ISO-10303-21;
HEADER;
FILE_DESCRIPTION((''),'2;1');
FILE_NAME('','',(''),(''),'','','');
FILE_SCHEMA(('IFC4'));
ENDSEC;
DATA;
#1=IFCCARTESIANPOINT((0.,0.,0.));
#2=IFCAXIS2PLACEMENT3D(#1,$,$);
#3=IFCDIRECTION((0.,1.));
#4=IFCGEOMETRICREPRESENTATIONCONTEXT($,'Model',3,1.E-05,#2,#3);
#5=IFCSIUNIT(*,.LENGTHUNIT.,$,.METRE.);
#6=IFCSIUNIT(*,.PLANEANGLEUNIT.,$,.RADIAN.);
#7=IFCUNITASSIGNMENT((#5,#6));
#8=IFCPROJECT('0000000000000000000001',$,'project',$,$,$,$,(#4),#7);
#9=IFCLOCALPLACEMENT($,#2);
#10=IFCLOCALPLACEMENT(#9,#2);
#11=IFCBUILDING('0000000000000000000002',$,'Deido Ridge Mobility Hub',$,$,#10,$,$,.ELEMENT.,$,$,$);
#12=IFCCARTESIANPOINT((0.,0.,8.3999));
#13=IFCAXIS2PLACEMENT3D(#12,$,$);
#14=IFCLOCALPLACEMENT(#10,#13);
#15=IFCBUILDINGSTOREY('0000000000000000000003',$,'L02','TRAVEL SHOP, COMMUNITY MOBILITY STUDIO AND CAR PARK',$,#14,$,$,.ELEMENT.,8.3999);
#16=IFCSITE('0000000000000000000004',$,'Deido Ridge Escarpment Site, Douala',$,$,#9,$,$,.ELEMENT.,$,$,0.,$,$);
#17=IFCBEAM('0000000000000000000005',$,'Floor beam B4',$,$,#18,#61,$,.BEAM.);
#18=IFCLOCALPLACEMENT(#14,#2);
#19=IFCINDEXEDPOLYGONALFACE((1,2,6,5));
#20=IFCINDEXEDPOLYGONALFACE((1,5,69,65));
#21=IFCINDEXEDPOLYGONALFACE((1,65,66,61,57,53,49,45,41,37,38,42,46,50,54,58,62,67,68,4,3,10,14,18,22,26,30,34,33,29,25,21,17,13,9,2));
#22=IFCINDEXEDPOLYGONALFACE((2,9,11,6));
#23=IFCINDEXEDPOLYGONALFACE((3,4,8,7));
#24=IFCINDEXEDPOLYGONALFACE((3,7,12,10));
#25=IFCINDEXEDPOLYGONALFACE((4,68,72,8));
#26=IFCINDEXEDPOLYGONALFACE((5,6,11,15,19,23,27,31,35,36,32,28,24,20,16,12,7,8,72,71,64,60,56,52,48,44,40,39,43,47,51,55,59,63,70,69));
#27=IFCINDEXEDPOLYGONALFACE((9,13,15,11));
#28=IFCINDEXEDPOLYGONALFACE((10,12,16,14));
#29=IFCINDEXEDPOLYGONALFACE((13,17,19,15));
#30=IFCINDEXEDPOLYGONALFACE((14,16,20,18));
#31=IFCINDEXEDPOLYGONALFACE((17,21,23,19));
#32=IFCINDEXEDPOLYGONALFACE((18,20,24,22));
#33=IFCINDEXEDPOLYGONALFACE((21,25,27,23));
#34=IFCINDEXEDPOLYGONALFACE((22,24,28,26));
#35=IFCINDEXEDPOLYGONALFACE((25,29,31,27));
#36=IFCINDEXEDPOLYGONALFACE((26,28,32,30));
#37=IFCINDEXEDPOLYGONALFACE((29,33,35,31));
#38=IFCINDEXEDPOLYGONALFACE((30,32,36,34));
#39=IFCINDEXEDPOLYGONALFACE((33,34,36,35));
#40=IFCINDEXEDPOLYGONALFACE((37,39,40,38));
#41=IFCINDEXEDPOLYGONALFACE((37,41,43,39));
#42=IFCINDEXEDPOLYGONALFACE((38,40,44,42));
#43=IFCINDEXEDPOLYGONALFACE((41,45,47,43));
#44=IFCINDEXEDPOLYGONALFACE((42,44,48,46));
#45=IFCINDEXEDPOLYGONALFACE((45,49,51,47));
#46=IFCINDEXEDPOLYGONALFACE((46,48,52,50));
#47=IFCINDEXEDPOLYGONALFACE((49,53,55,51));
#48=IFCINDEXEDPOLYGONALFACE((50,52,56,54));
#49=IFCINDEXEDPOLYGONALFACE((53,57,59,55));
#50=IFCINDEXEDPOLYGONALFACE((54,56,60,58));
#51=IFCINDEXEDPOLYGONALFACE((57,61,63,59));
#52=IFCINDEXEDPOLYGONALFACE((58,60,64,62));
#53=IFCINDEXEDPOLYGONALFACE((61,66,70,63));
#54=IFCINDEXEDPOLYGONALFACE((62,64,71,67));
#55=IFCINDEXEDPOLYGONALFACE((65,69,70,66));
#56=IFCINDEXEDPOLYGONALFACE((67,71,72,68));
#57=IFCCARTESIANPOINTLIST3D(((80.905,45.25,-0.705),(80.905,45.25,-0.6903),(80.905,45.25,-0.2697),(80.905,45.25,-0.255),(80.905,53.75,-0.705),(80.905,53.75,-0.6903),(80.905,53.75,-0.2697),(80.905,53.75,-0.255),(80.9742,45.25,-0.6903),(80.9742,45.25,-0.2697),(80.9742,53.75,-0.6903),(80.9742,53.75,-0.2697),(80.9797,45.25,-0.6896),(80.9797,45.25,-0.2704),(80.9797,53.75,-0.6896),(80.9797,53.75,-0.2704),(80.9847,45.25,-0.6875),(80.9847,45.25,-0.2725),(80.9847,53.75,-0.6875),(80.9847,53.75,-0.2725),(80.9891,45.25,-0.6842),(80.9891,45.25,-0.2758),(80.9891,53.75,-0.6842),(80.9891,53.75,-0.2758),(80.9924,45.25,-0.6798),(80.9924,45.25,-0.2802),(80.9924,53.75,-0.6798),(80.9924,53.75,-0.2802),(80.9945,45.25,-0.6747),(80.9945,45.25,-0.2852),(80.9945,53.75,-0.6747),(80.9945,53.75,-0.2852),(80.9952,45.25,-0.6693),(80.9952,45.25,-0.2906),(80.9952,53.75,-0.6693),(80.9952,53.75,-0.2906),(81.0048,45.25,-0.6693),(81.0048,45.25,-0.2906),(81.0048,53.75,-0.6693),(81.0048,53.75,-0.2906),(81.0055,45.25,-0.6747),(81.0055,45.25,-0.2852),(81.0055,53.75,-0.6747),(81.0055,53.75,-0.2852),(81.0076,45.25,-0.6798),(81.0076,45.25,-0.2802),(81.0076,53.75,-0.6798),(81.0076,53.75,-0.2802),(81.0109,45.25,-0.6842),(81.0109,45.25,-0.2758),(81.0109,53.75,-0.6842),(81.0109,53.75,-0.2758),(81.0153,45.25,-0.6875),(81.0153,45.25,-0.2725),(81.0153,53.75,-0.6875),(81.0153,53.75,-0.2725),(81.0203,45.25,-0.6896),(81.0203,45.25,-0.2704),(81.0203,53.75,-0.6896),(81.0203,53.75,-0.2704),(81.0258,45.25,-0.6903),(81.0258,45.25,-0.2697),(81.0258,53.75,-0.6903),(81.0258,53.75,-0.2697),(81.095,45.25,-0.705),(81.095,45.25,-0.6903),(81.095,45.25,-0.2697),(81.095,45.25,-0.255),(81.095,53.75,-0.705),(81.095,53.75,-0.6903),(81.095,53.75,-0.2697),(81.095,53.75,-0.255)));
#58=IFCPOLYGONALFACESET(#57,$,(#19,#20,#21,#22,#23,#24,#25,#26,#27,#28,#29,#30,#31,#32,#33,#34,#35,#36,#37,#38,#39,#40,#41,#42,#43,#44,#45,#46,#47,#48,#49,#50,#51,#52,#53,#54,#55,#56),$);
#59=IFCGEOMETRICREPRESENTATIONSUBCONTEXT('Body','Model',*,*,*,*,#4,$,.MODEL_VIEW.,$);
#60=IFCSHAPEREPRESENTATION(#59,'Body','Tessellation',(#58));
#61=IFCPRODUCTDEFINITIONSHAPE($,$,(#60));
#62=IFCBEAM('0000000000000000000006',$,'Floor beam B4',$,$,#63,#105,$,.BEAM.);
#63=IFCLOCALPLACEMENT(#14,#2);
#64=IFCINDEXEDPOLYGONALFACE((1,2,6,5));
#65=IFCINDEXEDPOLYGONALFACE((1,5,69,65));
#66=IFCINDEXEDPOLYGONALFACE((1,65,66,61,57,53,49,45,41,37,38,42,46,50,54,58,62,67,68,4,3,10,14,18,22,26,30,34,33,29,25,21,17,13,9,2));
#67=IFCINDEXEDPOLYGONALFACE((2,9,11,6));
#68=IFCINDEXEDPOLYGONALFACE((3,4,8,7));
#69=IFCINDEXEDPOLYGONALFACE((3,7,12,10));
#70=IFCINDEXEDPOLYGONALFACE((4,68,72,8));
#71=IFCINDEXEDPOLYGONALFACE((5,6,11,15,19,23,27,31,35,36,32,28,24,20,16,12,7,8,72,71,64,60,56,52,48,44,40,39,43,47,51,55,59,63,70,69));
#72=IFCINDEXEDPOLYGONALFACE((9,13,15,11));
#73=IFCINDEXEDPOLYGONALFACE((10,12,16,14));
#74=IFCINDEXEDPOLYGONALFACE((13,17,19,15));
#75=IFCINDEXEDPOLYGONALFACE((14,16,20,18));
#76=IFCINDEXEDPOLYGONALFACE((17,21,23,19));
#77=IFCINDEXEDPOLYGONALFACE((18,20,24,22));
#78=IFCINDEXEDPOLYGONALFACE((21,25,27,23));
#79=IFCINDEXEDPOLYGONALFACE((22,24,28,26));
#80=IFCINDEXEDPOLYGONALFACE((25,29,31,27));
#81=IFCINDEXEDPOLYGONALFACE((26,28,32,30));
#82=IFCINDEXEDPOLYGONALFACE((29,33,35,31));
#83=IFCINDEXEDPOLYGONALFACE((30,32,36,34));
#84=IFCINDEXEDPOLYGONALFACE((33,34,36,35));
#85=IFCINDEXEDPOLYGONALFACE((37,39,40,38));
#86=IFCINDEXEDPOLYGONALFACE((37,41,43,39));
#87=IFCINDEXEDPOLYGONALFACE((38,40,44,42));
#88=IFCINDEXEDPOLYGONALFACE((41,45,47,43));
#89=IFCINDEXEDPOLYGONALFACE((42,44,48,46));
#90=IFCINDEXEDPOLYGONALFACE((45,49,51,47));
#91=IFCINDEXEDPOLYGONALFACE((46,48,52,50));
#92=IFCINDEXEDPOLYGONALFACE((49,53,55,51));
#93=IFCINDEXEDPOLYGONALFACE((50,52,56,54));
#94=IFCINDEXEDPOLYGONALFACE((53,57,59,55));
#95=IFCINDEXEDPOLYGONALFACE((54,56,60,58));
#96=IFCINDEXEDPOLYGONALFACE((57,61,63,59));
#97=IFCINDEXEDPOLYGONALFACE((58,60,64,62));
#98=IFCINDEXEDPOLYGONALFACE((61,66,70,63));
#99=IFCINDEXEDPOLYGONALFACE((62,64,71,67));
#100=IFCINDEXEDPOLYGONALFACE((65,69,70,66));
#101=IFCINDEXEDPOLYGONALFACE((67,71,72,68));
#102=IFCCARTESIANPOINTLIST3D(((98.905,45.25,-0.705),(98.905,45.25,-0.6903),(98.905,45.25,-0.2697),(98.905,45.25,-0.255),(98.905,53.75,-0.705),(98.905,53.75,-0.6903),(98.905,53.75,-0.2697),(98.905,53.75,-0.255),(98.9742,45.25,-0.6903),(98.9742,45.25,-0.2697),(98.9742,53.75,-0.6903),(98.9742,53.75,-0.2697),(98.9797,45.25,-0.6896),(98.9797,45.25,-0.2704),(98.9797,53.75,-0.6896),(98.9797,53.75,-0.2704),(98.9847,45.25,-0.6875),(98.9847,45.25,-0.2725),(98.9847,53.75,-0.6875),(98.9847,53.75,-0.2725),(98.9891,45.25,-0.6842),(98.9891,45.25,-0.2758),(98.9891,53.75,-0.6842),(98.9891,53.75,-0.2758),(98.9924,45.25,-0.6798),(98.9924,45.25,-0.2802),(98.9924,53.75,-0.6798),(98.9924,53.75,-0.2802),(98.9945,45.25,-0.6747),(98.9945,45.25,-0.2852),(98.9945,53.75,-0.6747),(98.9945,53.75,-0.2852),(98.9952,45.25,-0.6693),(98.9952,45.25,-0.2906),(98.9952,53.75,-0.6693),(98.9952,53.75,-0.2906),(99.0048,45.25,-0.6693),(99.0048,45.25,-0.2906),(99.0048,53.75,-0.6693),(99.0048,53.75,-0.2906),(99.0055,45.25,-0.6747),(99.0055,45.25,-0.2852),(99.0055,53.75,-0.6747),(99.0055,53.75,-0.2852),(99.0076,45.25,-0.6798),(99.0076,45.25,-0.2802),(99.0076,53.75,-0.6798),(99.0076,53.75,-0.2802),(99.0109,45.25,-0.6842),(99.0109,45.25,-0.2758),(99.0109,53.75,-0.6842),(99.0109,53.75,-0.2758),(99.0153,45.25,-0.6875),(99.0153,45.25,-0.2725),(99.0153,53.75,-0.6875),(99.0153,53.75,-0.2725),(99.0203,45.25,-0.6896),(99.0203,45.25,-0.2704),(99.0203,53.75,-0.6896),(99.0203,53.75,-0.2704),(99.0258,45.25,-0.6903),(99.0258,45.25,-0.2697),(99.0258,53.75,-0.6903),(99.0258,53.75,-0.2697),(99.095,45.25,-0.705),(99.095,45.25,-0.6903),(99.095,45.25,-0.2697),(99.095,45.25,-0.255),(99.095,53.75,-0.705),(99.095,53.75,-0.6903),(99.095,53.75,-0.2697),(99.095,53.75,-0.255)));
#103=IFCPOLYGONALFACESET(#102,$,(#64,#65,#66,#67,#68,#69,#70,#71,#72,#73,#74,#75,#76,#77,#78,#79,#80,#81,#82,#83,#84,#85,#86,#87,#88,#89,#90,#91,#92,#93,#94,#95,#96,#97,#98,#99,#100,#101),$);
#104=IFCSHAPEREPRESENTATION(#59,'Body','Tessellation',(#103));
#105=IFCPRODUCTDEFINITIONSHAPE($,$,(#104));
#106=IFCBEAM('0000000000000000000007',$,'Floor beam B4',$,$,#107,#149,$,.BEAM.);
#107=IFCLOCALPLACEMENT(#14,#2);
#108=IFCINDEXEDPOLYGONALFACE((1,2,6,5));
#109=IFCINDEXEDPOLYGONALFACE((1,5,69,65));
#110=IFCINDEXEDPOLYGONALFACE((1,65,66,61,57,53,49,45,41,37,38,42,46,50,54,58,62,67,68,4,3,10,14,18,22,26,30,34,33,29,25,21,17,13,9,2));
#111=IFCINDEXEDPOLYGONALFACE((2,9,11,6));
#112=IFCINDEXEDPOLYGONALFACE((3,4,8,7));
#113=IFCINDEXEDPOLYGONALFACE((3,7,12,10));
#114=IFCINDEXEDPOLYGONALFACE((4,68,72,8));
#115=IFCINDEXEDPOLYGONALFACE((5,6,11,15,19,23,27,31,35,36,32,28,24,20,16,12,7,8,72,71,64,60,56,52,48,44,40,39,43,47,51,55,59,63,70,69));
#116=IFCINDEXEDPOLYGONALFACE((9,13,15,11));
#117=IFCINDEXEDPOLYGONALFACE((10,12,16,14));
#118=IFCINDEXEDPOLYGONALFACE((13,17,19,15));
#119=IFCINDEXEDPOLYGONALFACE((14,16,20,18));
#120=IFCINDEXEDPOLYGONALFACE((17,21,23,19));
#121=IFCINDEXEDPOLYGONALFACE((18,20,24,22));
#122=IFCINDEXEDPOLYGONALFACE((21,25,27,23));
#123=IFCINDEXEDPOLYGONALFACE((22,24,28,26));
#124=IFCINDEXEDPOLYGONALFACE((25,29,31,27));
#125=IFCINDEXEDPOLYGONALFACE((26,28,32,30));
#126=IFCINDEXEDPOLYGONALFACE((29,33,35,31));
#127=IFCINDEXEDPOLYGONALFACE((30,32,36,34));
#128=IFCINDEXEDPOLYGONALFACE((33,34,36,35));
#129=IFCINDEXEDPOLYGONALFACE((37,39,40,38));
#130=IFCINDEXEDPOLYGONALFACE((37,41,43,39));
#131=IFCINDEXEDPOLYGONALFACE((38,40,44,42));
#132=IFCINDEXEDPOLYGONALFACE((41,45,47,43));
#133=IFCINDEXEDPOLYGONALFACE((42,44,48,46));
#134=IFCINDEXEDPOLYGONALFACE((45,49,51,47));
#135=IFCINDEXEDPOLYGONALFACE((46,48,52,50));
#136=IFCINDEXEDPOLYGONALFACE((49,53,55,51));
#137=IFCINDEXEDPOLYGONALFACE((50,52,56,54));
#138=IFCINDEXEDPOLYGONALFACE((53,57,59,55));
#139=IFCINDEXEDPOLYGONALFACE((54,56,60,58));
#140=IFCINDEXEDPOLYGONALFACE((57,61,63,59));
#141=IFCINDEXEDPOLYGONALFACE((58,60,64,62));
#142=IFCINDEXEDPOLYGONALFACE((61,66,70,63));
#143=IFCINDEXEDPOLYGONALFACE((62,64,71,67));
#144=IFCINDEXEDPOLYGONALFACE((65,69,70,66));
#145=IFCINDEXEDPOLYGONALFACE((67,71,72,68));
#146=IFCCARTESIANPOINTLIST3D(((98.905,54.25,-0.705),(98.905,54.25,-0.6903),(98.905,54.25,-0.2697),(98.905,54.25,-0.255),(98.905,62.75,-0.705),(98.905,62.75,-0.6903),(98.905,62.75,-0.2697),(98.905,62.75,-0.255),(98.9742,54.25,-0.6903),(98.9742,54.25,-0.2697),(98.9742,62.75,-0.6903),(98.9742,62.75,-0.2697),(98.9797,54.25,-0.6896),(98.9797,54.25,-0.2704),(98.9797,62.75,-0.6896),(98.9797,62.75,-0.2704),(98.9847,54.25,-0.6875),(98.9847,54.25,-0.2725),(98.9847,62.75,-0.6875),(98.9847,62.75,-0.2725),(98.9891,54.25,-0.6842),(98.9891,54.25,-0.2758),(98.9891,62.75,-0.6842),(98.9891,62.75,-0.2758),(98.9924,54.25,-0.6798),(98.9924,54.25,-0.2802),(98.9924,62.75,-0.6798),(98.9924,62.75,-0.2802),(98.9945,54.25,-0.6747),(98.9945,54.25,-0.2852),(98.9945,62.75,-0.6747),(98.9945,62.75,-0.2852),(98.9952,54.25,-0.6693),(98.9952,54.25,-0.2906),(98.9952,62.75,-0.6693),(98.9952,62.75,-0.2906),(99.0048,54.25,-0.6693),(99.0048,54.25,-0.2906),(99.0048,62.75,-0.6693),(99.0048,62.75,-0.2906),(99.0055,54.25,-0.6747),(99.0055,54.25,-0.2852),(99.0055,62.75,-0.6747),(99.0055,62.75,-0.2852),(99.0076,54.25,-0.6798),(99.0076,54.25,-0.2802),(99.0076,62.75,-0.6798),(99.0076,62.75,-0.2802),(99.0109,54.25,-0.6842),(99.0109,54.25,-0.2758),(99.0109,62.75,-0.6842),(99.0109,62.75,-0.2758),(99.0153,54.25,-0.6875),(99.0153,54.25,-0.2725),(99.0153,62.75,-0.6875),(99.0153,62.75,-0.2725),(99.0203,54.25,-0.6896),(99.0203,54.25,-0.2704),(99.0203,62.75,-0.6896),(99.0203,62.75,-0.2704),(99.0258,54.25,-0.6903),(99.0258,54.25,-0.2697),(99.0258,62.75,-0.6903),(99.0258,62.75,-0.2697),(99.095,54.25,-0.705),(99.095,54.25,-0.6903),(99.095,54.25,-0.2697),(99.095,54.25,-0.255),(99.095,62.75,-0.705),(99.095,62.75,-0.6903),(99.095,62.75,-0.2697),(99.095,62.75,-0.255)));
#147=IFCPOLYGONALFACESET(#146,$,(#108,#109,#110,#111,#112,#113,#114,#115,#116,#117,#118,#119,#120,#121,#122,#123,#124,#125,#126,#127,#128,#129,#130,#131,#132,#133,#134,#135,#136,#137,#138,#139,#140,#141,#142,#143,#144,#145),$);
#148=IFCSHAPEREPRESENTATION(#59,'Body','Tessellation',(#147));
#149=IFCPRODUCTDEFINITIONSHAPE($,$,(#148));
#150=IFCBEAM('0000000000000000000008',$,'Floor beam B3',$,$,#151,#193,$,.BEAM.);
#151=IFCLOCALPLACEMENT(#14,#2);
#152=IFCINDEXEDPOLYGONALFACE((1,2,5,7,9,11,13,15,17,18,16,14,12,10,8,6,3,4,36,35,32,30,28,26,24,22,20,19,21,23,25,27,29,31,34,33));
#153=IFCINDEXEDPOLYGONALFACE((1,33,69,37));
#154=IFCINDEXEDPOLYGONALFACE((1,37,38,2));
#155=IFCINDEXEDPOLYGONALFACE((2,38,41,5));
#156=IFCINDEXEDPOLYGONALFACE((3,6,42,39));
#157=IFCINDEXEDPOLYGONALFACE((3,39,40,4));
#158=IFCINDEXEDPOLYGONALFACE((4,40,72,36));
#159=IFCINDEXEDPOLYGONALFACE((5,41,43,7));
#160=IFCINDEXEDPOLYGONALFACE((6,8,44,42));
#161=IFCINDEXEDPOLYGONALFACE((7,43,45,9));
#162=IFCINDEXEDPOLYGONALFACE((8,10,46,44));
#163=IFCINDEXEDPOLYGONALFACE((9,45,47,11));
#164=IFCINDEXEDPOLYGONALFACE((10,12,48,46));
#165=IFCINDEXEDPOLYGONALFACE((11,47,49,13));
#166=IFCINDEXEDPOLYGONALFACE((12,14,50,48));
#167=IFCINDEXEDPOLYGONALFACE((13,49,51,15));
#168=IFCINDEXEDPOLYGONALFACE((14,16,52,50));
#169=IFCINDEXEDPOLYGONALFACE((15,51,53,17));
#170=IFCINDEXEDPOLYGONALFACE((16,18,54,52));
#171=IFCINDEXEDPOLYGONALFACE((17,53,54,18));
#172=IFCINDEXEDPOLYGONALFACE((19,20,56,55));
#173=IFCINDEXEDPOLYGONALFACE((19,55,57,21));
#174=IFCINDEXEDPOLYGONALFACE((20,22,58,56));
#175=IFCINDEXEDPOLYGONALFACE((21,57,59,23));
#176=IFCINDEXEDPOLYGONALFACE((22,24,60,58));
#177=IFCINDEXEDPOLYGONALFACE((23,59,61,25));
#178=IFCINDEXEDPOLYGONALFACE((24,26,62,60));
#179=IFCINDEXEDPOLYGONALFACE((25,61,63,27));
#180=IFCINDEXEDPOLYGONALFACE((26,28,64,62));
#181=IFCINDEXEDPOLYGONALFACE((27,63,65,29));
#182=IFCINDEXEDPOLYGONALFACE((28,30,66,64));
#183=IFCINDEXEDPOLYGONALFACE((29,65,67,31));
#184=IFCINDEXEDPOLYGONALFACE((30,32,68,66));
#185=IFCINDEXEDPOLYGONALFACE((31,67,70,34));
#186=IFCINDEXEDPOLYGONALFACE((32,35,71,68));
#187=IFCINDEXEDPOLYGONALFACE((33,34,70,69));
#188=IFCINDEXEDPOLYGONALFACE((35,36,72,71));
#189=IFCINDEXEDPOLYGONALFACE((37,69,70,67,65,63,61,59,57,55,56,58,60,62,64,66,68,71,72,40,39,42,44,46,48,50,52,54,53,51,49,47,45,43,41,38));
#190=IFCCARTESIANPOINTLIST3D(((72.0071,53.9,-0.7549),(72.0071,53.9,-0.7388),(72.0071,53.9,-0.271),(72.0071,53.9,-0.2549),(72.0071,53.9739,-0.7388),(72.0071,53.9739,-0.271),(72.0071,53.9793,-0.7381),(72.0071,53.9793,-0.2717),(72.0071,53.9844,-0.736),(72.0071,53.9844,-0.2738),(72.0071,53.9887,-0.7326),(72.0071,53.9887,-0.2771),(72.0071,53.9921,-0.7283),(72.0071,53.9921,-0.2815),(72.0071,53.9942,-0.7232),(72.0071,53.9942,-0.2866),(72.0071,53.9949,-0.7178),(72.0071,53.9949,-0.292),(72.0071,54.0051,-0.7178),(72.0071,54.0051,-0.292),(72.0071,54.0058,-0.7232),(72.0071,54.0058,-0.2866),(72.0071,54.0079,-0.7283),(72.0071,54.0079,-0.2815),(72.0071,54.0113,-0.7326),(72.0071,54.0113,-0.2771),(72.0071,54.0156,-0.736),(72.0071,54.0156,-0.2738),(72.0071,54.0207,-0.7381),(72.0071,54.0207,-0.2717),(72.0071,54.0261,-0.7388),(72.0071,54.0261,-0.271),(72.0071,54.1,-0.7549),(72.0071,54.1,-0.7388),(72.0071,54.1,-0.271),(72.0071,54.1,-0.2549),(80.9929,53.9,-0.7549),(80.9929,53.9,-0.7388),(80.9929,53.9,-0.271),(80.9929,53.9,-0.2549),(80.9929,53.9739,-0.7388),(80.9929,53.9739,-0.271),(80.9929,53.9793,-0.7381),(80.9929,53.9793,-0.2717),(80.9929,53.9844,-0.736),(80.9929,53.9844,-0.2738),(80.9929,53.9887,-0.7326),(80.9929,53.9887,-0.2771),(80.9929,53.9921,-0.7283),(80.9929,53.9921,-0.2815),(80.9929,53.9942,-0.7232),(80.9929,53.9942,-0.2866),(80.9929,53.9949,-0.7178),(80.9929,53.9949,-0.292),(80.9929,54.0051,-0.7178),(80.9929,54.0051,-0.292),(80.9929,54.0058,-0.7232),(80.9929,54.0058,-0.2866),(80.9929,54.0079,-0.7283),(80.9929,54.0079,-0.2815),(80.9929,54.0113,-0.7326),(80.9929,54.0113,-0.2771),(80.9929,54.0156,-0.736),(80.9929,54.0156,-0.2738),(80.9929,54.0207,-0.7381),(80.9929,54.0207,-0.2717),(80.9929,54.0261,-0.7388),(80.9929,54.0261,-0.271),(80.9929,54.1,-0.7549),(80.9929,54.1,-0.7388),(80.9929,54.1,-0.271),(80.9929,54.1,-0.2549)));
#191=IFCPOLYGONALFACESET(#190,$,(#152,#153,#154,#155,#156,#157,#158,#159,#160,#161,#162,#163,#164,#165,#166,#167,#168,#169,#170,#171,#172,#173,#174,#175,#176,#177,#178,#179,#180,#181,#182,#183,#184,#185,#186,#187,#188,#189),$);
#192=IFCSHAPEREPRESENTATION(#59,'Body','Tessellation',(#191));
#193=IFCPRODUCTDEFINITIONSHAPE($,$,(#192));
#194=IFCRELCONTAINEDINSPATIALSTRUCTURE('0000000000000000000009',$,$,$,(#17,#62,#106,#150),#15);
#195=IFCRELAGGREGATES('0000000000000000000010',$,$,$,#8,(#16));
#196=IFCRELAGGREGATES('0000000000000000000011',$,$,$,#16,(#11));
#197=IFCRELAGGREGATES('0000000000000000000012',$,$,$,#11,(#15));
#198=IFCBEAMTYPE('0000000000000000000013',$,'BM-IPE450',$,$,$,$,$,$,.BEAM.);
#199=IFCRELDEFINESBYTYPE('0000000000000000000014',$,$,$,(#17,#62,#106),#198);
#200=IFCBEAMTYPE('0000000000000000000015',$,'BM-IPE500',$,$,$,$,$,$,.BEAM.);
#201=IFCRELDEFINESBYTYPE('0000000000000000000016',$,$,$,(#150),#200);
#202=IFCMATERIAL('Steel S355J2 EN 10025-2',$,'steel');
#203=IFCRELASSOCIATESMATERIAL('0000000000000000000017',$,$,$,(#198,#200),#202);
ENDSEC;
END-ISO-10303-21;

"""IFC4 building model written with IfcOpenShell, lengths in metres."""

from ifc_helpers import new_model, si_unit, direction, frame, origin, origin_2d, place, context, subcontext, project, spatial, i_section, extrude, material, material_profile, profile_set, type_object, element, save


model = new_model("IFC4")

# Units and contexts
model_context = context("Model", 3, precision=1e-05, world=origin(), true_north=direction((0.0, 1.0)))
body_context = subcontext(model_context, "Body", "Model", "MODEL_VIEW")
ifc_project = project(units=[si_unit("LENGTHUNIT", "METRE"), si_unit("PLANEANGLEUNIT", "RADIAN")], contexts=[model_context])

# Site, building, storey
site_placement = place(None, origin())
site = spatial("IfcSite", under=ifc_project, at=site_placement, Name="Deido Ridge Escarpment Site, Douala", CompositionType="ELEMENT", RefElevation=0.0)
building_placement = place(site_placement, origin())
building = spatial("IfcBuilding", under=site, at=building_placement, Name="Deido Ridge Mobility Hub", CompositionType="ELEMENT")
storey_placement = place(building_placement, frame((0.0, 0.0, 8.3999)))
storey = spatial("IfcBuildingStorey", under=building, at=storey_placement, Name="L02", Description="TRAVEL SHOP, COMMUNITY MOBILITY STUDIO AND CAR PARK", CompositionType="ELEMENT", Elevation=8.3999)

# Shared definitions
ifc_material_1 = material(Name="Steel S355J2 EN 10025-2", Category="steel")

# Beams
ifc_material_profile_1 = material_profile(ifc_material_1, i_section(OverallWidth=0.1899, OverallDepth=0.45, WebThickness=0.0095, FlangeThickness=0.0146, FilletRadius=0.021, at=origin_2d()), Name="IPE 450")
ifc_profile_set_1 = profile_set([ifc_material_profile_1], Name="Steel S355J2 EN 10025-2")
beam_type_1 = type_object("IfcBeamType", Name="BM-IPE450", PredefinedType="BEAM", material=ifc_profile_set_1)
for number, where, z_axis, x_axis, name in (
    (1, (81.0, 45.25, -0.48), (0.0, 1.0, 0.0), (-1.0, 0.0, 0.0), "Floor beam B4"),
    (2, (99.0, 45.25, -0.48), (0.0, 1.0, 0.0), (-1.0, 0.0, 0.0), "Floor beam B4"),
    (3, (99.0, 54.25, -0.48), (0.0, 1.0, 0.0), (-1.0, 0.0, 0.0), "Floor beam B4"),
):
    element("IfcBeam", number, at=place(storey_placement, frame(where, z_axis=z_axis, x_axis=x_axis)), inside=storey, type_object=beam_type_1, Name=name, PredefinedType="BEAM", context=body_context, shape_type="SweptSolid", body=[
        extrude(i_section(OverallWidth=0.1899, OverallDepth=0.45, WebThickness=0.0095, FlangeThickness=0.0146, FilletRadius=0.021, at=origin_2d()), origin(), (0.0, 0.0, 1.0), 8.5),
    ])
ifc_material_profile_2 = material_profile(ifc_material_1, i_section(OverallWidth=0.2, OverallDepth=0.5, WebThickness=0.0103, FlangeThickness=0.0161, FilletRadius=0.021, at=origin_2d()), Name="IPE 500")
ifc_profile_set_2 = profile_set([ifc_material_profile_2], Name="Steel S355J2 EN 10025-2")
beam_type_2 = type_object("IfcBeamType", Name="BM-IPE500", PredefinedType="BEAM", material=ifc_profile_set_2)
for number, where, z_axis, x_axis, name in (
    (4, (72.0071, 54.0, -0.5049), (1.0, 0.0, 0.0), (0.0, 1.0, 0.0), "Floor beam B3"),
):
    element("IfcBeam", number, at=place(storey_placement, frame(where, z_axis=z_axis, x_axis=x_axis)), inside=storey, type_object=beam_type_2, Name=name, PredefinedType="BEAM", context=body_context, shape_type="SweptSolid", body=[
        extrude(i_section(OverallWidth=0.2, OverallDepth=0.5, WebThickness=0.0103, FlangeThickness=0.0161, FilletRadius=0.021, at=origin_2d()), origin(), (0.0, 0.0, 1.0), 8.9858),
    ])

save(model, "model.ifc")
